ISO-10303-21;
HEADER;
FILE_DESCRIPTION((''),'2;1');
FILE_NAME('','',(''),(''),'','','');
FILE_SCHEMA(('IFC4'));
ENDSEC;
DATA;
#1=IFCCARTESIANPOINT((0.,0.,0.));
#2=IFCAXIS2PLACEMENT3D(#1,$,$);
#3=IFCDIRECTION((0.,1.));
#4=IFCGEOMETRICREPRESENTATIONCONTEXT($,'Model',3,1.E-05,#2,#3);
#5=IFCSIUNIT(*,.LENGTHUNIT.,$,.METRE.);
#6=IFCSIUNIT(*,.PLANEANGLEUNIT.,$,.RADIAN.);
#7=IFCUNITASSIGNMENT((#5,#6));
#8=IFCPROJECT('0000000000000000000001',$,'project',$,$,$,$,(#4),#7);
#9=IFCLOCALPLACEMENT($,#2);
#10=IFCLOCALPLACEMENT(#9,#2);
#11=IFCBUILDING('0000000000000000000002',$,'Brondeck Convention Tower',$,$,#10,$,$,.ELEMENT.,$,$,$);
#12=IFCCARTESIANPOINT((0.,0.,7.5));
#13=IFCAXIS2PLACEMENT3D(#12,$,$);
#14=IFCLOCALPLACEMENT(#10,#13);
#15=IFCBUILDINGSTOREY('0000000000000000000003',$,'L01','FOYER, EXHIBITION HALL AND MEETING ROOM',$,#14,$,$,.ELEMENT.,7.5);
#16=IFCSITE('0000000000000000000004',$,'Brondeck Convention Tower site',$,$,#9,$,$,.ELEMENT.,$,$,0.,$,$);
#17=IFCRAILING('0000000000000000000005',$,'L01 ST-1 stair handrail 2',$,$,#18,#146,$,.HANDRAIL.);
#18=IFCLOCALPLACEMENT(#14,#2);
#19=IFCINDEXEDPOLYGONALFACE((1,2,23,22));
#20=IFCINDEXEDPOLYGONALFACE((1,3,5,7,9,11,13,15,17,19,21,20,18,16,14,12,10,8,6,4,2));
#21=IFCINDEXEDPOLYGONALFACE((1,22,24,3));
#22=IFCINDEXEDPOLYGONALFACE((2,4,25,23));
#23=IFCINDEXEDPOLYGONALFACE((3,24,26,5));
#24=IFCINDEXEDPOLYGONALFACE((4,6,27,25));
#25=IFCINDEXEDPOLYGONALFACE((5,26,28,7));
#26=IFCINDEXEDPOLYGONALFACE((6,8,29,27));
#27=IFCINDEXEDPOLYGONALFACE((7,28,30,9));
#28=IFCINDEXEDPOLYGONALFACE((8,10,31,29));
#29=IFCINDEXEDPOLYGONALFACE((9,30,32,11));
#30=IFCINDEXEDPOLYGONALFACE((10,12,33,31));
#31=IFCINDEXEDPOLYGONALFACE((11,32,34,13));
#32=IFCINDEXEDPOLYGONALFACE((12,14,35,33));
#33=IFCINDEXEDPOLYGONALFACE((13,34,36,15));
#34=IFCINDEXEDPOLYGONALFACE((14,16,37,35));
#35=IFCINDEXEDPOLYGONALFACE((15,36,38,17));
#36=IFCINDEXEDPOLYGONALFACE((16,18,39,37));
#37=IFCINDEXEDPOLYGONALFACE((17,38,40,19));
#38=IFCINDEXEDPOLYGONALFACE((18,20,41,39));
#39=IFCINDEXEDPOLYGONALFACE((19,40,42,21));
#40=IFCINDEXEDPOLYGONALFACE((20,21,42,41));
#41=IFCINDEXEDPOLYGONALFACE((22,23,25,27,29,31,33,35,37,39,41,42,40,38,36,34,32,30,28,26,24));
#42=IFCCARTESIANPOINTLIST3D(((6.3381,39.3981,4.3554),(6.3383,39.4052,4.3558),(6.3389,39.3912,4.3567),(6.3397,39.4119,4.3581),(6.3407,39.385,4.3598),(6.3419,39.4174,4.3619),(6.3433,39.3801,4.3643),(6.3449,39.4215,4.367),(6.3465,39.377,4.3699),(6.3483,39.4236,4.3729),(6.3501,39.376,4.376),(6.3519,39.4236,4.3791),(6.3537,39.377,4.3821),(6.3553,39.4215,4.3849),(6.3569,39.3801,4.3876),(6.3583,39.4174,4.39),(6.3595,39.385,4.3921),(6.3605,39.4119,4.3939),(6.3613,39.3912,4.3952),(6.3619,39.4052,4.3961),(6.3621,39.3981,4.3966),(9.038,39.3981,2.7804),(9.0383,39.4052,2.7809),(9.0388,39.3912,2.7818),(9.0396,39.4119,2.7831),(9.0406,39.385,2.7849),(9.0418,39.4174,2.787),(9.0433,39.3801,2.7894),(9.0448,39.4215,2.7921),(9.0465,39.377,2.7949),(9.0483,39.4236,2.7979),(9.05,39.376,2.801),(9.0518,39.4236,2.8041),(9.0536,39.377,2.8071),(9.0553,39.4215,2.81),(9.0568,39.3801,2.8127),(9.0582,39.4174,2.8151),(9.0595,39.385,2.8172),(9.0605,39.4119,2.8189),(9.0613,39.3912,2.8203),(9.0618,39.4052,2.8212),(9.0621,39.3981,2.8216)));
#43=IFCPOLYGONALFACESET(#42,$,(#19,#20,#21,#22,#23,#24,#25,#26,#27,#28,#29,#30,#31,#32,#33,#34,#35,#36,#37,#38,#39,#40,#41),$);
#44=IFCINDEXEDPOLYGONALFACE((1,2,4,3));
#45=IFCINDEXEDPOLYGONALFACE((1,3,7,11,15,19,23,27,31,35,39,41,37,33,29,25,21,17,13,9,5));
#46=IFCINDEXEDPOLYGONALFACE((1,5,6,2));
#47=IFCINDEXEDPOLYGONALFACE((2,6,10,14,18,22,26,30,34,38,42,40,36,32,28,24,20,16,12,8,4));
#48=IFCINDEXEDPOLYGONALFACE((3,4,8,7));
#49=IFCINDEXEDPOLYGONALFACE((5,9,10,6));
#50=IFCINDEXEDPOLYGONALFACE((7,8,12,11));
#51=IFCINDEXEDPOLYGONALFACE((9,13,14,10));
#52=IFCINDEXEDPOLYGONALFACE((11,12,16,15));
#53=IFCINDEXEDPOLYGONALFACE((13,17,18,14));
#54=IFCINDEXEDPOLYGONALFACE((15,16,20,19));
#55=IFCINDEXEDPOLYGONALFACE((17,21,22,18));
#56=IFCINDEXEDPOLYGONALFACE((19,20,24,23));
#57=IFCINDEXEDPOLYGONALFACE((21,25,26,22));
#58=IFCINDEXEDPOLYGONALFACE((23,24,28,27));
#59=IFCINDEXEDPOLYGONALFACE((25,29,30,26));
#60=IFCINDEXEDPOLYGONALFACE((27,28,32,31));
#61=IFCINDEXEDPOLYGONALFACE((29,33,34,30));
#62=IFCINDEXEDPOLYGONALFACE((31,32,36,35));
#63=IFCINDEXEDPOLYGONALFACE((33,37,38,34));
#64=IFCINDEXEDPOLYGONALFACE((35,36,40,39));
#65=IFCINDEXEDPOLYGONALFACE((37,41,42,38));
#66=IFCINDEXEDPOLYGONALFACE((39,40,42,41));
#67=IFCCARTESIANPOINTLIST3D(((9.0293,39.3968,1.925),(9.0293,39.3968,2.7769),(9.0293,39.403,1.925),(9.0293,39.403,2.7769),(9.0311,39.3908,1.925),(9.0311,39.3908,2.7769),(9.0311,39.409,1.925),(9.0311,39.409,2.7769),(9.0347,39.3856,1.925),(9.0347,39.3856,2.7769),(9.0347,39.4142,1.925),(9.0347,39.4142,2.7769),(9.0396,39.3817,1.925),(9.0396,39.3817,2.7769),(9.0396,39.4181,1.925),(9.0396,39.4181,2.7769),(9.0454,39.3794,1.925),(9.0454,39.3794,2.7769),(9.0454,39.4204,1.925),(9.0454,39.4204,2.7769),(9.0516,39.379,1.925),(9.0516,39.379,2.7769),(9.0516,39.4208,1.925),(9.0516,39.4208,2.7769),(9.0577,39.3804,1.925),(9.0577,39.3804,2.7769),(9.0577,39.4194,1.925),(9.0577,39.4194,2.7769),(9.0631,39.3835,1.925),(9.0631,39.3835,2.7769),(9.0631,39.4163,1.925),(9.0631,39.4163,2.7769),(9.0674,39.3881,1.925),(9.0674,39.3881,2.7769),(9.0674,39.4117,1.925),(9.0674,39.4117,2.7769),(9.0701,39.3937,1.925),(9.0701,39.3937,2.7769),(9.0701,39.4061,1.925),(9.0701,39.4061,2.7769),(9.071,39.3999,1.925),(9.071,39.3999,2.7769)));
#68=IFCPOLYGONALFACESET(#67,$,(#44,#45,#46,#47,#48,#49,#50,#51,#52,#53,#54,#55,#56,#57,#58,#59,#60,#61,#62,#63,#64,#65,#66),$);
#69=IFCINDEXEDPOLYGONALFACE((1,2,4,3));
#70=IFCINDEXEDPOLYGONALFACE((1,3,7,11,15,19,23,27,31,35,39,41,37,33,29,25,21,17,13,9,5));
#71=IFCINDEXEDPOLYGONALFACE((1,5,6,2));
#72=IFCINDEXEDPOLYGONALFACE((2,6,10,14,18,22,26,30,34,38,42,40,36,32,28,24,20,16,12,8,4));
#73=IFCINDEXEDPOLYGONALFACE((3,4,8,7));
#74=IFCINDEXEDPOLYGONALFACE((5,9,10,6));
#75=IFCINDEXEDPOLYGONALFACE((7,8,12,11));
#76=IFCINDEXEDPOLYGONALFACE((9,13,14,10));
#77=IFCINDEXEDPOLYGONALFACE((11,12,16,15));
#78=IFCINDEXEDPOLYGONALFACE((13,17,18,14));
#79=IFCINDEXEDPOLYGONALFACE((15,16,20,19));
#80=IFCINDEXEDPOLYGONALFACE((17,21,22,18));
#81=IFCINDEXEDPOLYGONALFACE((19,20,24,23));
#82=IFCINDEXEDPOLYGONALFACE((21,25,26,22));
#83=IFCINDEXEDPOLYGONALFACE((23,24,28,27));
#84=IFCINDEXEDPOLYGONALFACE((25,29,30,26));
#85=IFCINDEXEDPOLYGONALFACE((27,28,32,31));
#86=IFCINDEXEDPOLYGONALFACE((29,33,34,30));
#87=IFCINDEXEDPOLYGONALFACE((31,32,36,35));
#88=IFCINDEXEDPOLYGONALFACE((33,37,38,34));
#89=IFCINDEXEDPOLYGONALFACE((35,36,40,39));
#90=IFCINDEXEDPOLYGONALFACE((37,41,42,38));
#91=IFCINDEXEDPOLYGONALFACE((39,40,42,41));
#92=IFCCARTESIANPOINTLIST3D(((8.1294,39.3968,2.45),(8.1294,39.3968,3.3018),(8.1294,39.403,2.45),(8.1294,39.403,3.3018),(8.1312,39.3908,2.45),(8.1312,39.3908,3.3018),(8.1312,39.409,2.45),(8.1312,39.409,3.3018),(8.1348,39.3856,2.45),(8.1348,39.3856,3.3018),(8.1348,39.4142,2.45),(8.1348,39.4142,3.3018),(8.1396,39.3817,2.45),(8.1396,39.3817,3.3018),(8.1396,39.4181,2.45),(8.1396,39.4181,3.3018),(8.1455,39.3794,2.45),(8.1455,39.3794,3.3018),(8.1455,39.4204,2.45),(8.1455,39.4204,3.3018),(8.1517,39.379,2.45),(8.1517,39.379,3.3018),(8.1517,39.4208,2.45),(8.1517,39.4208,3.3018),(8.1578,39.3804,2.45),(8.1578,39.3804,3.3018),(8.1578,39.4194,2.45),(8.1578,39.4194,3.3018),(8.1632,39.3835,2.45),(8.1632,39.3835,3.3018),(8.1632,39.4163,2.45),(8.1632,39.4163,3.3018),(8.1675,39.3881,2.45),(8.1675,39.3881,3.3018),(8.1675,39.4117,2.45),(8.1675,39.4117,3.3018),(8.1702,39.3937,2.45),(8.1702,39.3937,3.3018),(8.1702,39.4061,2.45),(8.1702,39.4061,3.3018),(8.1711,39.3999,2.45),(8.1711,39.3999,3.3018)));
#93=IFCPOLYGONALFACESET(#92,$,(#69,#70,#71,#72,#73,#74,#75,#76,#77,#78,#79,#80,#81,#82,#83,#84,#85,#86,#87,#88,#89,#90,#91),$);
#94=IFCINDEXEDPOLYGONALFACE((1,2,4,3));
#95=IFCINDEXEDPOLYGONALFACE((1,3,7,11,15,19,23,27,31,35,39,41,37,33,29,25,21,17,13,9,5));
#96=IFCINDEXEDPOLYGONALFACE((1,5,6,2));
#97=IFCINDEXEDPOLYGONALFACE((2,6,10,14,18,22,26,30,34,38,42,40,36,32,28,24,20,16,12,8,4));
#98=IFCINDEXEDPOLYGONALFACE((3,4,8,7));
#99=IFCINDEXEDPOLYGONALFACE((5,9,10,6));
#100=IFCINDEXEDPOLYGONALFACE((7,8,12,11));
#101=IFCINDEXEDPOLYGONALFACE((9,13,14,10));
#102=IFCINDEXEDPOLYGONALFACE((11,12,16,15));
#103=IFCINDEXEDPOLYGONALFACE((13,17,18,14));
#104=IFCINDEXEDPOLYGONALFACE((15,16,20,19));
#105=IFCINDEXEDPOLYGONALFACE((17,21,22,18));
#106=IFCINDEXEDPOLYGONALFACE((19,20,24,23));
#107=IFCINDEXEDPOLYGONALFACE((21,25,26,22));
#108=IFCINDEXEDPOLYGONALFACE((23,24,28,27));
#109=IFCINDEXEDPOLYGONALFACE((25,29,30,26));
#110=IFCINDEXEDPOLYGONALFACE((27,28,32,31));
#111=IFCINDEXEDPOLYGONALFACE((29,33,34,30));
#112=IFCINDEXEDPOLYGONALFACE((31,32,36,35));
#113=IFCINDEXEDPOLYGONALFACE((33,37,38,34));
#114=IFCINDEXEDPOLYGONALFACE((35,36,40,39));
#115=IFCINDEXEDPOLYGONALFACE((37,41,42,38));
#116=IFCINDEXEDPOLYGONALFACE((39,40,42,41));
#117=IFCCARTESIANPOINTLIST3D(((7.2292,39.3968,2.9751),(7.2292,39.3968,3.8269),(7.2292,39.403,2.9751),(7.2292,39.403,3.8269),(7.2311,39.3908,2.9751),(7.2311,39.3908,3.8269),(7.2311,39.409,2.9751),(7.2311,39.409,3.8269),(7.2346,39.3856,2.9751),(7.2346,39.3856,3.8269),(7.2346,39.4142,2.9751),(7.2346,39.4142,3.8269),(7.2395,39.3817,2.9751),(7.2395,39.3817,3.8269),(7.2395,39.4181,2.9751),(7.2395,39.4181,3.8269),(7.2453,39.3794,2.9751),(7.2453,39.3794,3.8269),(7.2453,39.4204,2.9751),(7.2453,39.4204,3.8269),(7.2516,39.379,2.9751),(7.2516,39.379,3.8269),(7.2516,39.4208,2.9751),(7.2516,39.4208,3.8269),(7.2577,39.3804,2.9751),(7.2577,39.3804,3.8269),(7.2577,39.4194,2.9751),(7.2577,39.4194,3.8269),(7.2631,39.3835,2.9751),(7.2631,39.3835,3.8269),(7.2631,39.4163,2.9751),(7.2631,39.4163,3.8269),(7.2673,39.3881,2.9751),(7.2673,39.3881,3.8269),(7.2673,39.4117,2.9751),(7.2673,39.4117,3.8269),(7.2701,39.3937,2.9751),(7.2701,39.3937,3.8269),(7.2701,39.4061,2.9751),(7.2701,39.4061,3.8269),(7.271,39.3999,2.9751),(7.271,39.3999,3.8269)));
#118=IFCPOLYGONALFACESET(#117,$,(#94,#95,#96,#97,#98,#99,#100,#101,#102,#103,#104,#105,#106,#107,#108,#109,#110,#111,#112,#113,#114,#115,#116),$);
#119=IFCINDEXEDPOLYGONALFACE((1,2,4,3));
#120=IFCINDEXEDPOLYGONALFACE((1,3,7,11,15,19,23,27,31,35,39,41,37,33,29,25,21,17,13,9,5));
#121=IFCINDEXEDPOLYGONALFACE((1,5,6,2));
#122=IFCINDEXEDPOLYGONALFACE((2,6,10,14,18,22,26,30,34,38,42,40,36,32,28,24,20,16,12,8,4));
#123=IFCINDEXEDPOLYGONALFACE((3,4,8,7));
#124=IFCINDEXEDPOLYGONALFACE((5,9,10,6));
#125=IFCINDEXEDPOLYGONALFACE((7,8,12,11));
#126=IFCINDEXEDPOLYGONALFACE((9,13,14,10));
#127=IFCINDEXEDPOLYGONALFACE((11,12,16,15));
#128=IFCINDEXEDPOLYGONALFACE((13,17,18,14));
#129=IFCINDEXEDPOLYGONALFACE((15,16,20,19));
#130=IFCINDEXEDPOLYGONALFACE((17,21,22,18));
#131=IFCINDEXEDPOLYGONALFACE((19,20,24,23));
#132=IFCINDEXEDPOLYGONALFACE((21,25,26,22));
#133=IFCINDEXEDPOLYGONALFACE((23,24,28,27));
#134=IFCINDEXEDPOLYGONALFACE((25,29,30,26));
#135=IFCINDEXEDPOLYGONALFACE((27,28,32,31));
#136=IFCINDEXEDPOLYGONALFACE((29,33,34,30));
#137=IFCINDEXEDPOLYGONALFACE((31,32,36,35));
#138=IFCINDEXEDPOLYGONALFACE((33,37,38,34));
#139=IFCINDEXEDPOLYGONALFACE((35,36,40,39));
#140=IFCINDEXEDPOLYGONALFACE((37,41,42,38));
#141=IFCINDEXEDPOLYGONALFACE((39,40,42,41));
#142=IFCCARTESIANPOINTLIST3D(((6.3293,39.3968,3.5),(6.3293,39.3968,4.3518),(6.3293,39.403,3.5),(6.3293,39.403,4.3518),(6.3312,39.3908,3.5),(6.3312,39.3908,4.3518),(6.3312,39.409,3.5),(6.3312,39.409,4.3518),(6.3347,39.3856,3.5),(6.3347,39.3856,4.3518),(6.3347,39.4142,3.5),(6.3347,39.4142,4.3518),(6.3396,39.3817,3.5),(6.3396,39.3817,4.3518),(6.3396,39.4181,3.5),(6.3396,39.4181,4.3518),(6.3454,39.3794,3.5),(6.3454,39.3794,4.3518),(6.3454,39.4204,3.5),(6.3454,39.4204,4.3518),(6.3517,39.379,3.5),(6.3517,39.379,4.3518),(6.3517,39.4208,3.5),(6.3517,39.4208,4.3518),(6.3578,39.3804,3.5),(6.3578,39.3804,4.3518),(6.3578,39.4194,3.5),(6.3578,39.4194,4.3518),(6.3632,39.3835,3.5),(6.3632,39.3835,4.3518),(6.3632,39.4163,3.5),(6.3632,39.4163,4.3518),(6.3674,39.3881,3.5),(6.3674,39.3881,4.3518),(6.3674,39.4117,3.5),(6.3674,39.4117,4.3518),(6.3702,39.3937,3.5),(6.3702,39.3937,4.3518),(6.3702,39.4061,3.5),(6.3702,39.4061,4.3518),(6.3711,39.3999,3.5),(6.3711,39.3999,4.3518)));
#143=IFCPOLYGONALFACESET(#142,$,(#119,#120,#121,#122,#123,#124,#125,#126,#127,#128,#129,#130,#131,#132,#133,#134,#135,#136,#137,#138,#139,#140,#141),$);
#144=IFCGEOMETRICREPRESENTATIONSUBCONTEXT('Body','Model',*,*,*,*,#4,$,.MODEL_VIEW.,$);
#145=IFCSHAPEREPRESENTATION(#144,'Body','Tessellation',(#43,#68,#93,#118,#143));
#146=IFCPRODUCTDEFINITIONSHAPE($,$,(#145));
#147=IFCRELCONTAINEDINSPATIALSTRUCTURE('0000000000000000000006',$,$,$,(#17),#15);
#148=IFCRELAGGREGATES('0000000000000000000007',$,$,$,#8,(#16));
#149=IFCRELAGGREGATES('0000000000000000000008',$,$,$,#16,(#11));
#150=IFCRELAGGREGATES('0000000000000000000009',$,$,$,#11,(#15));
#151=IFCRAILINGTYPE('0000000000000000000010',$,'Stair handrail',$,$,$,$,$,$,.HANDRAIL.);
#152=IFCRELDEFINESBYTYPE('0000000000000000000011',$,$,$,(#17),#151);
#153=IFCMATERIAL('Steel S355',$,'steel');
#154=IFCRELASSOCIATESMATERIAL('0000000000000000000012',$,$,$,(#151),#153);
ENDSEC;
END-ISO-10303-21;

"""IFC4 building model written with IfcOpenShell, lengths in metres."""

from ifc_helpers import new_model, si_unit, direction, frame, origin, origin_2d, place, context, subcontext, project, spatial, circle, extrude, material, type_object, element, save


model = new_model("IFC4")

# Units and contexts
model_context = context("Model", 3, precision=1e-05, world=origin(), true_north=direction((0.0, 1.0)))
body_context = subcontext(model_context, "Body", "Model", "MODEL_VIEW")
ifc_project = project(units=[si_unit("LENGTHUNIT", "METRE"), si_unit("PLANEANGLEUNIT", "RADIAN")], contexts=[model_context])

# Site, building, storey
site_placement = place(None, origin())
site = spatial("IfcSite", under=ifc_project, at=site_placement, Name="Brondeck Convention Tower site", CompositionType="ELEMENT", RefElevation=0.0)
building_placement = place(site_placement, origin())
building = spatial("IfcBuilding", under=site, at=building_placement, Name="Brondeck Convention Tower", CompositionType="ELEMENT")
storey_placement = place(building_placement, frame((0.0, 0.0, 7.5)))
storey = spatial("IfcBuildingStorey", under=building, at=storey_placement, Name="L01", Description="FOYER, EXHIBITION HALL AND MEETING ROOM", CompositionType="ELEMENT", Elevation=7.5)

# Shared definitions
ifc_material_1 = material(Name="Steel S355", Category="steel")

# Railing
railing_type = type_object("IfcRailingType", Name="Stair handrail", PredefinedType="HANDRAIL", material=ifc_material_1)
railing_placement = place(storey_placement, frame((9.05, 39.3999, 1.925)))
element("IfcRailing", 1, at=railing_placement, inside=storey, type_object=railing_type, Name="L01 ST-1 stair handrail 2", PredefinedType="HANDRAIL", context=body_context, shape_type="SweptSolid", body=[
    extrude(circle(Radius=0.0239, at=origin_2d()), frame((0.0, 0.0, 0.876), z_axis=(-0.863782, 0.0, 0.503866), x_axis=(0.0, -1.0, 0.0)), (0.0, 0.0, 1.0), 3.1257),
    extrude(circle(Radius=0.021, at=origin_2d()), origin(), (0.0, 0.0, 1.0), 0.8518),
    extrude(circle(Radius=0.021, at=origin_2d()), frame((-0.8999, 0.0, 0.5249)), (0.0, 0.0, 1.0), 0.8518),
    extrude(circle(Radius=0.021, at=origin_2d()), frame((-1.8, 0.0, 1.05)), (0.0, 0.0, 1.0), 0.8518),
    extrude(circle(Radius=0.021, at=origin_2d()), frame((-2.7, 0.0, 1.575)), (0.0, 0.0, 1.0), 0.8518),
])

save(model, "model.ifc")
